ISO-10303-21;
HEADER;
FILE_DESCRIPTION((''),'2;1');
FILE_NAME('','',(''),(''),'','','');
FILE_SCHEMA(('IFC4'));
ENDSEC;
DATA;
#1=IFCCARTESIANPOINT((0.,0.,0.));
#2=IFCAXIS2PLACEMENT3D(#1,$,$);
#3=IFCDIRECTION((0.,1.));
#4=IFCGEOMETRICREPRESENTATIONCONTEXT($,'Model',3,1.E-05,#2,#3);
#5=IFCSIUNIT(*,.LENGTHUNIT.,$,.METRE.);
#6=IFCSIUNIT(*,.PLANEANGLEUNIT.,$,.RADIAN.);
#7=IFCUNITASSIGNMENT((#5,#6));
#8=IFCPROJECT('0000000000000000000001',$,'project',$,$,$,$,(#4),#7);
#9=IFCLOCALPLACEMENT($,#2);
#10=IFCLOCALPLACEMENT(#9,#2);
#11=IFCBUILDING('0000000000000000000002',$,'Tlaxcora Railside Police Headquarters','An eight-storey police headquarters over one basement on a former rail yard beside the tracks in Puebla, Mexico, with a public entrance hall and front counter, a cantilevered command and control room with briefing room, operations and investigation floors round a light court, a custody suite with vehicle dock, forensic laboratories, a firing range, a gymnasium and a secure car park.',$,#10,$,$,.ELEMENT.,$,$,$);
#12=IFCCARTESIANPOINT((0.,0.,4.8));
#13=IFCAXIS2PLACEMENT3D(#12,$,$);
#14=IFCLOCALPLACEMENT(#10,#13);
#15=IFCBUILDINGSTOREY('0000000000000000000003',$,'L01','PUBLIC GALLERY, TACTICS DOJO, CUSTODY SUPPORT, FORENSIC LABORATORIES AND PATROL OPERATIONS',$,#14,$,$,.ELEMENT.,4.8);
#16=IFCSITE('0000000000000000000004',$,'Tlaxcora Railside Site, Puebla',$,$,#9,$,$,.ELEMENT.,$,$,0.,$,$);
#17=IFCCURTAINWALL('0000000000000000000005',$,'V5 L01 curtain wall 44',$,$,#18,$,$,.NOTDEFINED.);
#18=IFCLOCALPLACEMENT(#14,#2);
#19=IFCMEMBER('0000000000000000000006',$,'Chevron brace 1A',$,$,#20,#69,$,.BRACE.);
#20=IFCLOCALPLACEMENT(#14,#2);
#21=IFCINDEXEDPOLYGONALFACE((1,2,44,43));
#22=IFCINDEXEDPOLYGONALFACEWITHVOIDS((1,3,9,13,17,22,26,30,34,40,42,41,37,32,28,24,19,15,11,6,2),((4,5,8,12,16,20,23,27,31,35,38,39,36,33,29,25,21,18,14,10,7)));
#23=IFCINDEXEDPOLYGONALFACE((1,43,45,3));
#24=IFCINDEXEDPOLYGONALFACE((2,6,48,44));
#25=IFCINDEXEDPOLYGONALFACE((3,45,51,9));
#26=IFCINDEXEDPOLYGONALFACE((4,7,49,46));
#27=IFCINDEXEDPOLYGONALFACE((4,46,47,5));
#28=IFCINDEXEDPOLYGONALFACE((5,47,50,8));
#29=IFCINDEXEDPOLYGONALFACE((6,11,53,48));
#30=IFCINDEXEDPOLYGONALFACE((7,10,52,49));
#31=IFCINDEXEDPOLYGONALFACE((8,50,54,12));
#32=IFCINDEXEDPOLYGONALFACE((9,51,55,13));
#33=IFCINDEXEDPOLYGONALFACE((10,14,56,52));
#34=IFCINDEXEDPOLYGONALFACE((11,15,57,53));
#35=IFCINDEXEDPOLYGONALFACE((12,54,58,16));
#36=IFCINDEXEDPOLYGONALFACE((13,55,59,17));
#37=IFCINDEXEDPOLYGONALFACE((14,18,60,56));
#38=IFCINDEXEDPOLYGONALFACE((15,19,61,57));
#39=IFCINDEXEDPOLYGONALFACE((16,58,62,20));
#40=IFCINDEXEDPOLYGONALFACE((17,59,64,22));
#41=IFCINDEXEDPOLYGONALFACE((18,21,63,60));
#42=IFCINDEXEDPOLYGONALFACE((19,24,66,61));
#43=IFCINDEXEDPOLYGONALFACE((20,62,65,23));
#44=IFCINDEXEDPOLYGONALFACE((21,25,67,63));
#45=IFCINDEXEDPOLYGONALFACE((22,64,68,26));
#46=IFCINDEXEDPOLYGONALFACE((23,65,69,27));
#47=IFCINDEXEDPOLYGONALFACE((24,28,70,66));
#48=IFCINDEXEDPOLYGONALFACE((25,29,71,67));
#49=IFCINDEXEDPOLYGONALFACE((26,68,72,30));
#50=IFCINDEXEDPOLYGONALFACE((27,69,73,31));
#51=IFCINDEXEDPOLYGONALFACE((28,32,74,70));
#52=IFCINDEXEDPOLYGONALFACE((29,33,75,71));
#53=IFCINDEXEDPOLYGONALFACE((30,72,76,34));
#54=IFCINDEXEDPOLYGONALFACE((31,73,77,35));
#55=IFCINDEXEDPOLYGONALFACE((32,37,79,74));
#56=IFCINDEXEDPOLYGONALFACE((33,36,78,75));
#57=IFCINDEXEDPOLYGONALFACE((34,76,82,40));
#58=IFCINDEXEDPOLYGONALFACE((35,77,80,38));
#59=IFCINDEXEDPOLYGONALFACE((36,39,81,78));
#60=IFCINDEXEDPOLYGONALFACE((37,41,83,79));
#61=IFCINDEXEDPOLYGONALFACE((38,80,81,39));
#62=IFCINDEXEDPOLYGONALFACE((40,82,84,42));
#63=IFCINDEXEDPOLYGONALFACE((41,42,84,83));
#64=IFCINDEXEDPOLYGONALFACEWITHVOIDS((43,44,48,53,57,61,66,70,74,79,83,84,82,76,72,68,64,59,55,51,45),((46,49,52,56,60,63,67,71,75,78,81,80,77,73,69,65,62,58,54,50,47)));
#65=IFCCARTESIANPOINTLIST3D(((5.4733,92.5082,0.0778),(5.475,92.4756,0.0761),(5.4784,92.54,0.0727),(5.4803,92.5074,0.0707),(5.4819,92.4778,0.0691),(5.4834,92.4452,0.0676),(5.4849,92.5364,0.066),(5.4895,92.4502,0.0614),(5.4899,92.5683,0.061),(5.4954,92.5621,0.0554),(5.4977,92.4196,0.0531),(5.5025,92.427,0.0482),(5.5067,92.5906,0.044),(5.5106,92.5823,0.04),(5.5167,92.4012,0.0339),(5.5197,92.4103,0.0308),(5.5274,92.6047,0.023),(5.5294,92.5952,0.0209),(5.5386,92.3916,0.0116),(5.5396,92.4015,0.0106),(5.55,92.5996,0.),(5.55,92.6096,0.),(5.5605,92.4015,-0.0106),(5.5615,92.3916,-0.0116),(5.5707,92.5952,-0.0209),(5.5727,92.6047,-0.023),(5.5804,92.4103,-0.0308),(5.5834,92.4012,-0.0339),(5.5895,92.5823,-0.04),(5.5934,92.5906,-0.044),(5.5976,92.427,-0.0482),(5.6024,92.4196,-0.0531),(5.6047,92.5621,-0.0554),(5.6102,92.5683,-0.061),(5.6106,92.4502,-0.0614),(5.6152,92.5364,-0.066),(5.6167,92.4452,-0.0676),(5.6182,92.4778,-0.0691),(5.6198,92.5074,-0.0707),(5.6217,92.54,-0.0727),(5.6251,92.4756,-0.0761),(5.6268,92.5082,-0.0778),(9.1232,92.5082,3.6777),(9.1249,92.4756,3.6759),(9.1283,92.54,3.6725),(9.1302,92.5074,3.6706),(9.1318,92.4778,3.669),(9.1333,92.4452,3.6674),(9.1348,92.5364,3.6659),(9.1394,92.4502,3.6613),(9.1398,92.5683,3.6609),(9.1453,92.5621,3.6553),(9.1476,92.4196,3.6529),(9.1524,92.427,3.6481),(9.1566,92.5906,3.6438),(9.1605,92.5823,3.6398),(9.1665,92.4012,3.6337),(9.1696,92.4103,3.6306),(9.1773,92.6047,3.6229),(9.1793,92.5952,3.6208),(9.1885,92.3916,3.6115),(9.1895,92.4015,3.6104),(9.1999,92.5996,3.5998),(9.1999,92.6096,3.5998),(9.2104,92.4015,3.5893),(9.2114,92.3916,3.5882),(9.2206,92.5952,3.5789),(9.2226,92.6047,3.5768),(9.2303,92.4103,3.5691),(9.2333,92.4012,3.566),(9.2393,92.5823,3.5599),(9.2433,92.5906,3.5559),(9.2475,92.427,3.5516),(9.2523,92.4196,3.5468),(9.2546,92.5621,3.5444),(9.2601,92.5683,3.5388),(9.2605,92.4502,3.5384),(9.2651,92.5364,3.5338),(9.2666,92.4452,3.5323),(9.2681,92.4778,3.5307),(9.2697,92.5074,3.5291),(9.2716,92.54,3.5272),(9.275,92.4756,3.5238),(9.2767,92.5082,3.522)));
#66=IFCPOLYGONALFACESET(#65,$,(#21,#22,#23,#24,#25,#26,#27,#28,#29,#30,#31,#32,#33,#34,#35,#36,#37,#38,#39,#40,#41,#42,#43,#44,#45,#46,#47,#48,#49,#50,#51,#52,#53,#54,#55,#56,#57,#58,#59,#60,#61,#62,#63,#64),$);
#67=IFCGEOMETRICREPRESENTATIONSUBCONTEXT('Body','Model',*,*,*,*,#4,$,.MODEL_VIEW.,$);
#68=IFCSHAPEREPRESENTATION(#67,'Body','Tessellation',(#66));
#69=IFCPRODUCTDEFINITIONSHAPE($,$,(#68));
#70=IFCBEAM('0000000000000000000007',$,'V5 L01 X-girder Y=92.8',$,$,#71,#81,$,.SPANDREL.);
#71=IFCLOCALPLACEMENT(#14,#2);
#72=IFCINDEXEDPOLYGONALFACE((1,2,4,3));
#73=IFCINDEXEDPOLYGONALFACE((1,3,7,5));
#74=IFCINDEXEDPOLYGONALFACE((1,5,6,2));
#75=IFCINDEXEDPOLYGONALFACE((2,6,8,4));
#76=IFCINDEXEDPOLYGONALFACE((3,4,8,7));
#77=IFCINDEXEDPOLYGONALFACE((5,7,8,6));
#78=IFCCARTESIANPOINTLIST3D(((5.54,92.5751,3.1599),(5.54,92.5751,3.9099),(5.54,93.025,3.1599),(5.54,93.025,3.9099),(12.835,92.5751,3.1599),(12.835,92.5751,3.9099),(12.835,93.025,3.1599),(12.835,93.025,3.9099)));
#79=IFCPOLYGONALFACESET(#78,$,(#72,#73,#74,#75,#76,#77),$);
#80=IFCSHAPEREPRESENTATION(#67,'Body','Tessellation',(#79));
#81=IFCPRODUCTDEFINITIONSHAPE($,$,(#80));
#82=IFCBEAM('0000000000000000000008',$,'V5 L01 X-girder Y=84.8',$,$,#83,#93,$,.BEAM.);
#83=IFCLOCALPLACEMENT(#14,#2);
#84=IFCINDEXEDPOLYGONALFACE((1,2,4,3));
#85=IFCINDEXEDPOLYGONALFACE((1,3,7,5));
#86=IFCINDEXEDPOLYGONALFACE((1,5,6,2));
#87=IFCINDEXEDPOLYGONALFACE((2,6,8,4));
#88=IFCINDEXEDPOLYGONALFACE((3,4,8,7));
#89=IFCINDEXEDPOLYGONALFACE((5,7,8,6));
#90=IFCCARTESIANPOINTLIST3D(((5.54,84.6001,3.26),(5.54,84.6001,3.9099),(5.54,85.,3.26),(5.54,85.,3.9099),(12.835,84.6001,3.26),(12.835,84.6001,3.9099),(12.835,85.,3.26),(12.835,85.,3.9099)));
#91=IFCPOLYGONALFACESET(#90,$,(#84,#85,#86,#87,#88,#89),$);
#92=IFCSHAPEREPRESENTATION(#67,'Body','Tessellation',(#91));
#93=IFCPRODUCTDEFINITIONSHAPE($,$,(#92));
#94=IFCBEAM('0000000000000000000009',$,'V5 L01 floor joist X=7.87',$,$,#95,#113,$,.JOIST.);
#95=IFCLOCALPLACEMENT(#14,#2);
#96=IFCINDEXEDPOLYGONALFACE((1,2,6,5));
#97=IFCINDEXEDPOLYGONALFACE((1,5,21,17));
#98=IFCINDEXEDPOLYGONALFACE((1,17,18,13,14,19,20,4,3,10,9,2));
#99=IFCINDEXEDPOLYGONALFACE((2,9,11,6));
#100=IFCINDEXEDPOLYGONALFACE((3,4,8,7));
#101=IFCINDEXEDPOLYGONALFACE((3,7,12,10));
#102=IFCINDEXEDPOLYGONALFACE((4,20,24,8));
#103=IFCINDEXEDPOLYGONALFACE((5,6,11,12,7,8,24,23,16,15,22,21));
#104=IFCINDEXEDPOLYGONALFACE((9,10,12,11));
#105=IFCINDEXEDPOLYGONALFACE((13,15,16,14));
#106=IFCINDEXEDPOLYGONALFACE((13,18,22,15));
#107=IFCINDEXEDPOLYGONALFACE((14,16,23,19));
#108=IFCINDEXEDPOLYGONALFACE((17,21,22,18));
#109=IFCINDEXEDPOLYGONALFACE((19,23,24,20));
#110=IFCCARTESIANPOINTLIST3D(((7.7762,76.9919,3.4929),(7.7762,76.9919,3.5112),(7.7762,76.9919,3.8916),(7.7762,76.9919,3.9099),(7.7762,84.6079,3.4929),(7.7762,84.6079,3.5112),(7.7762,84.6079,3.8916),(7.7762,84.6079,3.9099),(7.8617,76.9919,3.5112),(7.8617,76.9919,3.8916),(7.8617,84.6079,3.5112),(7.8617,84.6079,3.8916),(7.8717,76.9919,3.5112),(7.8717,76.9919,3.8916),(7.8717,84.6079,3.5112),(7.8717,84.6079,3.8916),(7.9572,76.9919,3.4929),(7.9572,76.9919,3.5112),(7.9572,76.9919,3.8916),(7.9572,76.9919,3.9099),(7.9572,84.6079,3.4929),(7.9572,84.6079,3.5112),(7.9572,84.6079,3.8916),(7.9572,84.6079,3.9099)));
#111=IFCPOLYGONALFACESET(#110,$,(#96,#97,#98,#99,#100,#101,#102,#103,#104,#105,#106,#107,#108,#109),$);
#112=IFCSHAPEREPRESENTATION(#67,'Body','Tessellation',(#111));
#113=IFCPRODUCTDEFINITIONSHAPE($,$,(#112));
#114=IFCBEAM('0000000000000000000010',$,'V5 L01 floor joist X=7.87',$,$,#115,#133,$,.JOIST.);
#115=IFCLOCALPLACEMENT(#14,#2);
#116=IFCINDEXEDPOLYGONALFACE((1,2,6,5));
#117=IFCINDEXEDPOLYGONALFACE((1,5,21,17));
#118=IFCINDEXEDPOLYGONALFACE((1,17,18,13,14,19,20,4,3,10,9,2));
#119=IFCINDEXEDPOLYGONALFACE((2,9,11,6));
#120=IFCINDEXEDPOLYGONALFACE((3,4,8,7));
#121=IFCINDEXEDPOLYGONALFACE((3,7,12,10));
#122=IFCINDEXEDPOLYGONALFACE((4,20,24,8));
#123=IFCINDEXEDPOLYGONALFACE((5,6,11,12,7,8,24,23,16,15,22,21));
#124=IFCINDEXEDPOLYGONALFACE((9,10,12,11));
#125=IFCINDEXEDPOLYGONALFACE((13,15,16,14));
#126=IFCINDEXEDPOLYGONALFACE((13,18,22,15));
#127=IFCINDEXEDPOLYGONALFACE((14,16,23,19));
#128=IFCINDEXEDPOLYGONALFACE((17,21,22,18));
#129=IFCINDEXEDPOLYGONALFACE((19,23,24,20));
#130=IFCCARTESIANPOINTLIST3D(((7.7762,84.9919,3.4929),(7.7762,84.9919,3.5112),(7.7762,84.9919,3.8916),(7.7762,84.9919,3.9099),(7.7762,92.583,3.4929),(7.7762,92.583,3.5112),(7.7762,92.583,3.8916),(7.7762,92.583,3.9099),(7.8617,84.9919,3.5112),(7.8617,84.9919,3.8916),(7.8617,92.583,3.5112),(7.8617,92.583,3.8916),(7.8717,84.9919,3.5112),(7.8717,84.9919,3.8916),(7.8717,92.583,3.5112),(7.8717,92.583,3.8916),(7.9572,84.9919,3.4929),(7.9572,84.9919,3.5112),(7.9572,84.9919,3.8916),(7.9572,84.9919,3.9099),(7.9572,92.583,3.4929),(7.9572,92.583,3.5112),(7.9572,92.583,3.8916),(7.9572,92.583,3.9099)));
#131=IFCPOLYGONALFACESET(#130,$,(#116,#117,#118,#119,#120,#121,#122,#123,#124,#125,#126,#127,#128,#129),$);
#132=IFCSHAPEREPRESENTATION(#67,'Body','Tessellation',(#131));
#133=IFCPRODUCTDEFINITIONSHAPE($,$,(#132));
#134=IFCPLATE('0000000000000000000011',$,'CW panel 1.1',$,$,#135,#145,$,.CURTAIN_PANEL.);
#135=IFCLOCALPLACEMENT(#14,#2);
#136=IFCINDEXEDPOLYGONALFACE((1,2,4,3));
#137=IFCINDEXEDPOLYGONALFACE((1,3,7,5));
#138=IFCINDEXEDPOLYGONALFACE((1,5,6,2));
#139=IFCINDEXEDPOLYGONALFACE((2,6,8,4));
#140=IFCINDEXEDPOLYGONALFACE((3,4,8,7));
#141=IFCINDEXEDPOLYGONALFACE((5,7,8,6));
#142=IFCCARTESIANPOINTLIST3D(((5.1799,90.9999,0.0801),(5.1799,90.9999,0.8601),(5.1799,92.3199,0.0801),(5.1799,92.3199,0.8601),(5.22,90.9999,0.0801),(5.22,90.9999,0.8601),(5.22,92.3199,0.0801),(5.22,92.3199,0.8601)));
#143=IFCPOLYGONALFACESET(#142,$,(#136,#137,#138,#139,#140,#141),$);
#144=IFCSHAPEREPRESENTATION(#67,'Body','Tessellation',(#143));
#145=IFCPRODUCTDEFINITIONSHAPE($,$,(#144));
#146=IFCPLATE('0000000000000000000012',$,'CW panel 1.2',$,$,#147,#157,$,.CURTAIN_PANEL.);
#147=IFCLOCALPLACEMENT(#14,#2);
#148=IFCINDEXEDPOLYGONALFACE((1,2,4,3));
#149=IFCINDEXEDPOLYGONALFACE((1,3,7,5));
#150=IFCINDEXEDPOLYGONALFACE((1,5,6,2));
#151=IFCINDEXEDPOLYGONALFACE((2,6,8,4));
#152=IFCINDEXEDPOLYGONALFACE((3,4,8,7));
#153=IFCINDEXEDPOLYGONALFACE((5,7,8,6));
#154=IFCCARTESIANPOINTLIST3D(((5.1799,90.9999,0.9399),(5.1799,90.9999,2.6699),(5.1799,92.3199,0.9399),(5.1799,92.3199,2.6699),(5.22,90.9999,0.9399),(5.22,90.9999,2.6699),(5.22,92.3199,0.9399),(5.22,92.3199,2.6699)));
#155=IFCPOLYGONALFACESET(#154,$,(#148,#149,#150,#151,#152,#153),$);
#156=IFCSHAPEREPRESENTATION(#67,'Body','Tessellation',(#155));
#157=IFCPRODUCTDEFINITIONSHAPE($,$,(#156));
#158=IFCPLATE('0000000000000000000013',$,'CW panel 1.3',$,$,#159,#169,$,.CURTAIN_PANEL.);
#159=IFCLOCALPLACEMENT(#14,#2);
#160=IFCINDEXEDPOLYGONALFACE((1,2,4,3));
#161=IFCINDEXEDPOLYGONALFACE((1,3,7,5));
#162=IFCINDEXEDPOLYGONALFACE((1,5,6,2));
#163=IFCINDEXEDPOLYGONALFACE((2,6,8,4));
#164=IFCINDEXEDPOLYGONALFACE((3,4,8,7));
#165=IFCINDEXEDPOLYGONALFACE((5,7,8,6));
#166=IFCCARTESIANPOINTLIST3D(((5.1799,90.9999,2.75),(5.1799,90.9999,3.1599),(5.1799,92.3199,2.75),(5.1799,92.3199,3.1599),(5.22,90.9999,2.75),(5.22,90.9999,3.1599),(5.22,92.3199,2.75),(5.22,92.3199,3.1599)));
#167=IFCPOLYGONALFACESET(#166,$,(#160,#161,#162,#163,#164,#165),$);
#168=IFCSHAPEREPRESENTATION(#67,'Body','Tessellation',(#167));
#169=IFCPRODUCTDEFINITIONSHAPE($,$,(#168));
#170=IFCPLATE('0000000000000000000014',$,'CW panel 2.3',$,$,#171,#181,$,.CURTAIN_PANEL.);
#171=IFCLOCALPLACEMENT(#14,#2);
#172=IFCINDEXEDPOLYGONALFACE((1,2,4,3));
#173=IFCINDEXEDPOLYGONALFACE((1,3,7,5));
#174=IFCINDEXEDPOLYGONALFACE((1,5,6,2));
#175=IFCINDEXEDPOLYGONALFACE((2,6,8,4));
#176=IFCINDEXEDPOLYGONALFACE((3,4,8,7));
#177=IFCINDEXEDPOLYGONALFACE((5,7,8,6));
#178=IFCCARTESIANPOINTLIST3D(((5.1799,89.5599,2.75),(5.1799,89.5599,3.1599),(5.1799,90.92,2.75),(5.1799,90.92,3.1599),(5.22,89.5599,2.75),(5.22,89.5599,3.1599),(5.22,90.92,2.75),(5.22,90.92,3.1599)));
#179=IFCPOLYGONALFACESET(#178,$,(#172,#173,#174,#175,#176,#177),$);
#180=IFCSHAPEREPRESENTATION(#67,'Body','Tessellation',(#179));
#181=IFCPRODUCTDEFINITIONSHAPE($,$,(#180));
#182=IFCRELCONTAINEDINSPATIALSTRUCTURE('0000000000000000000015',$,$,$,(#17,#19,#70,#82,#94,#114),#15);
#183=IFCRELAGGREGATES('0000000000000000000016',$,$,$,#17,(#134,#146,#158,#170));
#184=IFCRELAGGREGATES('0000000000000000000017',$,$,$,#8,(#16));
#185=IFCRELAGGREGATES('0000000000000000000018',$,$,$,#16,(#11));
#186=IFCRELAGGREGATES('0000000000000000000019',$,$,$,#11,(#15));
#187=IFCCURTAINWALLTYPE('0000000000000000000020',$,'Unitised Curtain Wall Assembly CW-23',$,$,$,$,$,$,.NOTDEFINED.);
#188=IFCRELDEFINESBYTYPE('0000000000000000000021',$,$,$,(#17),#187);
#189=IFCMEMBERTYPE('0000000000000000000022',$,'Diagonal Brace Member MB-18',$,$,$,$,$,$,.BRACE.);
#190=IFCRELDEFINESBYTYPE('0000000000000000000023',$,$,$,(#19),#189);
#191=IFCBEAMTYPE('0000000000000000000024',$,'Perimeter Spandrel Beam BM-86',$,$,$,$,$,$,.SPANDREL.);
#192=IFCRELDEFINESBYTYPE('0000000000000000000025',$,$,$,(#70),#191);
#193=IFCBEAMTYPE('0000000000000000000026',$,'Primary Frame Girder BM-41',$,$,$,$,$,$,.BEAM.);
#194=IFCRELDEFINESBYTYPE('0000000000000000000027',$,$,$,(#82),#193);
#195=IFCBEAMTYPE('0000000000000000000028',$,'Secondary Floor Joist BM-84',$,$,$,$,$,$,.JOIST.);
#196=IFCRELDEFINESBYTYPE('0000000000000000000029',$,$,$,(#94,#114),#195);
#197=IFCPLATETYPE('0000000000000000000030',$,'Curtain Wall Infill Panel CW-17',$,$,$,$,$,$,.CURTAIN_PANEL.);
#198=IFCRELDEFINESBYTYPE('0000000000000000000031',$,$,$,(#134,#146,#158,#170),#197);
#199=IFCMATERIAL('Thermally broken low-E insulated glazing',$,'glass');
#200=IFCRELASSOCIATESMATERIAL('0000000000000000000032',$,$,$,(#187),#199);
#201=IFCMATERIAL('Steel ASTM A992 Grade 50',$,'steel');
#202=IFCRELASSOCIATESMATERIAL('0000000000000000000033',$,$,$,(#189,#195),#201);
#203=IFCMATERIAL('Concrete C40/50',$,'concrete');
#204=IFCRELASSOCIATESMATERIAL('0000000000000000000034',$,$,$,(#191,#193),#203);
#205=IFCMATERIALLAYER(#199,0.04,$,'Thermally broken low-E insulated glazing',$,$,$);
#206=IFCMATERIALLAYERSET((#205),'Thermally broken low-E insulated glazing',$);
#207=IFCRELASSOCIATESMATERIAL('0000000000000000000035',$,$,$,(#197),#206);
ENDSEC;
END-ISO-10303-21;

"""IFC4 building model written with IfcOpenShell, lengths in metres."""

from ifc_helpers import new_model, si_unit, direction, frame, origin, origin_2d, place, context, subcontext, project, spatial, rectangle, hollow_circle, i_section, extrude, material, layer, layer_set, material_profile, profile_set, type_object, element, aggregate, save


model = new_model("IFC4")

# Units and contexts
model_context = context("Model", 3, precision=1e-05, world=origin(), true_north=direction((0.0, 1.0)))
body_context = subcontext(model_context, "Body", "Model", "MODEL_VIEW")
ifc_project = project(units=[si_unit("LENGTHUNIT", "METRE"), si_unit("PLANEANGLEUNIT", "RADIAN")], contexts=[model_context])

# Site, building, storey
site_placement = place(None, origin())
site = spatial("IfcSite", under=ifc_project, at=site_placement, Name="Tlaxcora Railside Site, Puebla", CompositionType="ELEMENT", RefElevation=0.0)
building_placement = place(site_placement, origin())
building = spatial("IfcBuilding", under=site, at=building_placement, Name="Tlaxcora Railside Police Headquarters", Description="An eight-storey police headquarters over one basement on a former rail yard beside the tracks in Puebla, Mexico, with a public entrance hall and front counter, a cantilevered command and control room with briefing room, operations and investigation floors round a light court, a custody suite with vehicle dock, forensic laboratories, a firing range, a gymnasium and a secure car park.", CompositionType="ELEMENT")
storey_placement = place(building_placement, frame((0.0, 0.0, 4.8)))
storey = spatial("IfcBuildingStorey", under=building, at=storey_placement, Name="L01", Description="PUBLIC GALLERY, TACTICS DOJO, CUSTODY SUPPORT, FORENSIC LABORATORIES AND PATROL OPERATIONS", CompositionType="ELEMENT", Elevation=4.8)

# Shared definitions
ifc_material_1 = material(Name="Concrete C40/50", Category="concrete")

# Curtain wall
ifc_material_2 = material(Name="Thermally broken low-E insulated glazing", Category="glass")
curtain_wall_type = type_object("IfcCurtainWallType", Name="Unitised Curtain Wall Assembly CW-23", PredefinedType="NOTDEFINED", material=ifc_material_2)
curtain_wall_placement = place(storey_placement, origin())
curtain_wall = element("IfcCurtainWall", 1, at=curtain_wall_placement, inside=storey, type_object=curtain_wall_type, Name="V5 L01 curtain wall 44", PredefinedType="NOTDEFINED")

# Member
ifc_material_3 = material(Name="Steel ASTM A992 Grade 50", Category="steel")
ifc_material_profile_1 = material_profile(ifc_material_3, hollow_circle(Radius=0.1096, WallThickness=0.01, at=origin_2d()), Name="CHS219X10")
ifc_profile_set_1 = profile_set([ifc_material_profile_1], Name="Steel ASTM A992 Grade 50")
member_type_1 = type_object("IfcMemberType", Name="Diagonal Brace Member MB-18", PredefinedType="BRACE", material=ifc_profile_set_1)
member_1_placement = place(storey_placement, frame((5.55, 92.5, 0.0), z_axis=(0.711971, 0.0, 0.702209), x_axis=(0.0, 1.0, 0.0)))
element("IfcMember", 2, at=member_1_placement, inside=storey, type_object=member_type_1, Name="Chevron brace 1A", PredefinedType="BRACE", context=body_context, shape_type="SweptSolid", body=[
    extrude(hollow_circle(Radius=0.1096, WallThickness=0.01, at=origin_2d()), origin(), (0.0, 0.0, 1.0), 5.1265),
])

# Beams
ifc_material_profile_2 = material_profile(ifc_material_1, rectangle(XDim=0.45, YDim=0.75, at=origin_2d()), Name="RC450X750")
ifc_profile_set_2 = profile_set([ifc_material_profile_2], Name="Concrete C40/50")
beam_type_1 = type_object("IfcBeamType", Name="Perimeter Spandrel Beam BM-86", PredefinedType="SPANDREL", material=ifc_profile_set_2)
beam_1_placement = place(storey_placement, frame((5.54, 92.8, 3.5349), z_axis=(1.0, 0.0, 0.0), x_axis=(0.0, 1.0, 0.0)))
element("IfcBeam", 3, at=beam_1_placement, inside=storey, type_object=beam_type_1, Name="V5 L01 X-girder Y=92.8", PredefinedType="SPANDREL", context=body_context, shape_type="SweptSolid", body=[
    extrude(rectangle(XDim=0.45, YDim=0.75, at=origin_2d()), origin(), (0.0, 0.0, 1.0), 7.2949),
])
ifc_material_profile_3 = material_profile(ifc_material_1, rectangle(XDim=0.3999, YDim=0.6499, at=origin_2d()), Name="RC400X650")
ifc_profile_set_3 = profile_set([ifc_material_profile_3], Name="Concrete C40/50")
beam_type_2 = type_object("IfcBeamType", Name="Primary Frame Girder BM-41", PredefinedType="BEAM", material=ifc_profile_set_3)
beam_2_placement = place(storey_placement, frame((5.54, 84.8, 3.585), z_axis=(1.0, 0.0, 0.0), x_axis=(0.0, 1.0, 0.0)))
element("IfcBeam", 4, at=beam_2_placement, inside=storey, type_object=beam_type_2, Name="V5 L01 X-girder Y=84.8", PredefinedType="BEAM", context=body_context, shape_type="SweptSolid", body=[
    extrude(rectangle(XDim=0.3999, YDim=0.6499, at=origin_2d()), origin(), (0.0, 0.0, 1.0), 7.2949),
])
ifc_material_profile_4 = material_profile(ifc_material_3, i_section(OverallWidth=0.1809, OverallDepth=0.417, WebThickness=0.01, FlangeThickness=0.0183, at=origin_2d()), Name="W16X57")
ifc_profile_set_4 = profile_set([ifc_material_profile_4], Name="Steel ASTM A992 Grade 50")
beam_type_3 = type_object("IfcBeamType", Name="Secondary Floor Joist BM-84", PredefinedType="JOIST", material=ifc_profile_set_4)
beam_3_placement = place(storey_placement, frame((7.8667, 76.9919, 3.7014), z_axis=(0.0, 1.0, 0.0), x_axis=(-1.0, 0.0, 0.0)))
element("IfcBeam", 5, at=beam_3_placement, inside=storey, type_object=beam_type_3, Name="V5 L01 floor joist X=7.87", PredefinedType="JOIST", context=body_context, shape_type="SweptSolid", body=[
    extrude(i_section(OverallWidth=0.1809, OverallDepth=0.417, WebThickness=0.01, FlangeThickness=0.0183, at=origin_2d()), origin(), (0.0, 0.0, 1.0), 7.616),
])
beam_4_placement = place(storey_placement, frame((7.8667, 84.9919, 3.7014), z_axis=(0.0, 1.0, 0.0), x_axis=(-1.0, 0.0, 0.0)))
element("IfcBeam", 6, at=beam_4_placement, inside=storey, type_object=beam_type_3, Name="V5 L01 floor joist X=7.87", PredefinedType="JOIST", context=body_context, shape_type="SweptSolid", body=[
    extrude(i_section(OverallWidth=0.1809, OverallDepth=0.417, WebThickness=0.01, FlangeThickness=0.0183, at=origin_2d()), origin(), (0.0, 0.0, 1.0), 7.5911),
])

# Plates
ifc_layer_1 = layer(ifc_material_2, 0.04, Name="Thermally broken low-E insulated glazing")
ifc_layer_set_1 = layer_set([ifc_layer_1], Name="Thermally broken low-E insulated glazing")
plate_type_1 = type_object("IfcPlateType", Name="Curtain Wall Infill Panel CW-17", PredefinedType="CURTAIN_PANEL", material=ifc_layer_set_1)
plate_1_placement = place(storey_placement, frame((5.2, 91.6599, 0.0801), z_axis=(0.0, 0.0, 1.0), x_axis=(0.0, -1.0, 0.0)))
plate_1 = element("IfcPlate", 7, at=plate_1_placement, type_object=plate_type_1, Name="CW panel 1.1", PredefinedType="CURTAIN_PANEL", context=body_context, shape_type="SweptSolid", body=[
    extrude(rectangle(XDim=1.3201, YDim=0.04, at=origin_2d()), origin(), (0.0, 0.0, 1.0), 0.78),
])
plate_2_placement = place(storey_placement, frame((5.2, 91.6599, 0.9399), z_axis=(0.0, 0.0, 1.0), x_axis=(0.0, -1.0, 0.0)))
plate_2 = element("IfcPlate", 8, at=plate_2_placement, type_object=plate_type_1, Name="CW panel 1.2", PredefinedType="CURTAIN_PANEL", context=body_context, shape_type="SweptSolid", body=[
    extrude(rectangle(XDim=1.3201, YDim=0.04, at=origin_2d()), origin(), (0.0, 0.0, 1.0), 1.73),
])
plate_3_placement = place(storey_placement, frame((5.2, 91.6599, 2.75), z_axis=(0.0, 0.0, 1.0), x_axis=(0.0, -1.0, 0.0)))
plate_3 = element("IfcPlate", 9, at=plate_3_placement, type_object=plate_type_1, Name="CW panel 1.3", PredefinedType="CURTAIN_PANEL", context=body_context, shape_type="SweptSolid", body=[
    extrude(rectangle(XDim=1.3201, YDim=0.04, at=origin_2d()), origin(), (0.0, 0.0, 1.0), 0.4099),
])
plate_4_placement = place(storey_placement, frame((5.2, 90.24, 2.75), z_axis=(0.0, 0.0, 1.0), x_axis=(0.0, -1.0, 0.0)))
plate_4 = element("IfcPlate", 10, at=plate_4_placement, type_object=plate_type_1, Name="CW panel 2.3", PredefinedType="CURTAIN_PANEL", context=body_context, shape_type="SweptSolid", body=[
    extrude(rectangle(XDim=1.3601, YDim=0.04, at=origin_2d()), origin(), (0.0, 0.0, 1.0), 0.4099),
])
aggregate(curtain_wall, [plate_1, plate_2, plate_3, plate_4])

save(model, "model.ifc")
